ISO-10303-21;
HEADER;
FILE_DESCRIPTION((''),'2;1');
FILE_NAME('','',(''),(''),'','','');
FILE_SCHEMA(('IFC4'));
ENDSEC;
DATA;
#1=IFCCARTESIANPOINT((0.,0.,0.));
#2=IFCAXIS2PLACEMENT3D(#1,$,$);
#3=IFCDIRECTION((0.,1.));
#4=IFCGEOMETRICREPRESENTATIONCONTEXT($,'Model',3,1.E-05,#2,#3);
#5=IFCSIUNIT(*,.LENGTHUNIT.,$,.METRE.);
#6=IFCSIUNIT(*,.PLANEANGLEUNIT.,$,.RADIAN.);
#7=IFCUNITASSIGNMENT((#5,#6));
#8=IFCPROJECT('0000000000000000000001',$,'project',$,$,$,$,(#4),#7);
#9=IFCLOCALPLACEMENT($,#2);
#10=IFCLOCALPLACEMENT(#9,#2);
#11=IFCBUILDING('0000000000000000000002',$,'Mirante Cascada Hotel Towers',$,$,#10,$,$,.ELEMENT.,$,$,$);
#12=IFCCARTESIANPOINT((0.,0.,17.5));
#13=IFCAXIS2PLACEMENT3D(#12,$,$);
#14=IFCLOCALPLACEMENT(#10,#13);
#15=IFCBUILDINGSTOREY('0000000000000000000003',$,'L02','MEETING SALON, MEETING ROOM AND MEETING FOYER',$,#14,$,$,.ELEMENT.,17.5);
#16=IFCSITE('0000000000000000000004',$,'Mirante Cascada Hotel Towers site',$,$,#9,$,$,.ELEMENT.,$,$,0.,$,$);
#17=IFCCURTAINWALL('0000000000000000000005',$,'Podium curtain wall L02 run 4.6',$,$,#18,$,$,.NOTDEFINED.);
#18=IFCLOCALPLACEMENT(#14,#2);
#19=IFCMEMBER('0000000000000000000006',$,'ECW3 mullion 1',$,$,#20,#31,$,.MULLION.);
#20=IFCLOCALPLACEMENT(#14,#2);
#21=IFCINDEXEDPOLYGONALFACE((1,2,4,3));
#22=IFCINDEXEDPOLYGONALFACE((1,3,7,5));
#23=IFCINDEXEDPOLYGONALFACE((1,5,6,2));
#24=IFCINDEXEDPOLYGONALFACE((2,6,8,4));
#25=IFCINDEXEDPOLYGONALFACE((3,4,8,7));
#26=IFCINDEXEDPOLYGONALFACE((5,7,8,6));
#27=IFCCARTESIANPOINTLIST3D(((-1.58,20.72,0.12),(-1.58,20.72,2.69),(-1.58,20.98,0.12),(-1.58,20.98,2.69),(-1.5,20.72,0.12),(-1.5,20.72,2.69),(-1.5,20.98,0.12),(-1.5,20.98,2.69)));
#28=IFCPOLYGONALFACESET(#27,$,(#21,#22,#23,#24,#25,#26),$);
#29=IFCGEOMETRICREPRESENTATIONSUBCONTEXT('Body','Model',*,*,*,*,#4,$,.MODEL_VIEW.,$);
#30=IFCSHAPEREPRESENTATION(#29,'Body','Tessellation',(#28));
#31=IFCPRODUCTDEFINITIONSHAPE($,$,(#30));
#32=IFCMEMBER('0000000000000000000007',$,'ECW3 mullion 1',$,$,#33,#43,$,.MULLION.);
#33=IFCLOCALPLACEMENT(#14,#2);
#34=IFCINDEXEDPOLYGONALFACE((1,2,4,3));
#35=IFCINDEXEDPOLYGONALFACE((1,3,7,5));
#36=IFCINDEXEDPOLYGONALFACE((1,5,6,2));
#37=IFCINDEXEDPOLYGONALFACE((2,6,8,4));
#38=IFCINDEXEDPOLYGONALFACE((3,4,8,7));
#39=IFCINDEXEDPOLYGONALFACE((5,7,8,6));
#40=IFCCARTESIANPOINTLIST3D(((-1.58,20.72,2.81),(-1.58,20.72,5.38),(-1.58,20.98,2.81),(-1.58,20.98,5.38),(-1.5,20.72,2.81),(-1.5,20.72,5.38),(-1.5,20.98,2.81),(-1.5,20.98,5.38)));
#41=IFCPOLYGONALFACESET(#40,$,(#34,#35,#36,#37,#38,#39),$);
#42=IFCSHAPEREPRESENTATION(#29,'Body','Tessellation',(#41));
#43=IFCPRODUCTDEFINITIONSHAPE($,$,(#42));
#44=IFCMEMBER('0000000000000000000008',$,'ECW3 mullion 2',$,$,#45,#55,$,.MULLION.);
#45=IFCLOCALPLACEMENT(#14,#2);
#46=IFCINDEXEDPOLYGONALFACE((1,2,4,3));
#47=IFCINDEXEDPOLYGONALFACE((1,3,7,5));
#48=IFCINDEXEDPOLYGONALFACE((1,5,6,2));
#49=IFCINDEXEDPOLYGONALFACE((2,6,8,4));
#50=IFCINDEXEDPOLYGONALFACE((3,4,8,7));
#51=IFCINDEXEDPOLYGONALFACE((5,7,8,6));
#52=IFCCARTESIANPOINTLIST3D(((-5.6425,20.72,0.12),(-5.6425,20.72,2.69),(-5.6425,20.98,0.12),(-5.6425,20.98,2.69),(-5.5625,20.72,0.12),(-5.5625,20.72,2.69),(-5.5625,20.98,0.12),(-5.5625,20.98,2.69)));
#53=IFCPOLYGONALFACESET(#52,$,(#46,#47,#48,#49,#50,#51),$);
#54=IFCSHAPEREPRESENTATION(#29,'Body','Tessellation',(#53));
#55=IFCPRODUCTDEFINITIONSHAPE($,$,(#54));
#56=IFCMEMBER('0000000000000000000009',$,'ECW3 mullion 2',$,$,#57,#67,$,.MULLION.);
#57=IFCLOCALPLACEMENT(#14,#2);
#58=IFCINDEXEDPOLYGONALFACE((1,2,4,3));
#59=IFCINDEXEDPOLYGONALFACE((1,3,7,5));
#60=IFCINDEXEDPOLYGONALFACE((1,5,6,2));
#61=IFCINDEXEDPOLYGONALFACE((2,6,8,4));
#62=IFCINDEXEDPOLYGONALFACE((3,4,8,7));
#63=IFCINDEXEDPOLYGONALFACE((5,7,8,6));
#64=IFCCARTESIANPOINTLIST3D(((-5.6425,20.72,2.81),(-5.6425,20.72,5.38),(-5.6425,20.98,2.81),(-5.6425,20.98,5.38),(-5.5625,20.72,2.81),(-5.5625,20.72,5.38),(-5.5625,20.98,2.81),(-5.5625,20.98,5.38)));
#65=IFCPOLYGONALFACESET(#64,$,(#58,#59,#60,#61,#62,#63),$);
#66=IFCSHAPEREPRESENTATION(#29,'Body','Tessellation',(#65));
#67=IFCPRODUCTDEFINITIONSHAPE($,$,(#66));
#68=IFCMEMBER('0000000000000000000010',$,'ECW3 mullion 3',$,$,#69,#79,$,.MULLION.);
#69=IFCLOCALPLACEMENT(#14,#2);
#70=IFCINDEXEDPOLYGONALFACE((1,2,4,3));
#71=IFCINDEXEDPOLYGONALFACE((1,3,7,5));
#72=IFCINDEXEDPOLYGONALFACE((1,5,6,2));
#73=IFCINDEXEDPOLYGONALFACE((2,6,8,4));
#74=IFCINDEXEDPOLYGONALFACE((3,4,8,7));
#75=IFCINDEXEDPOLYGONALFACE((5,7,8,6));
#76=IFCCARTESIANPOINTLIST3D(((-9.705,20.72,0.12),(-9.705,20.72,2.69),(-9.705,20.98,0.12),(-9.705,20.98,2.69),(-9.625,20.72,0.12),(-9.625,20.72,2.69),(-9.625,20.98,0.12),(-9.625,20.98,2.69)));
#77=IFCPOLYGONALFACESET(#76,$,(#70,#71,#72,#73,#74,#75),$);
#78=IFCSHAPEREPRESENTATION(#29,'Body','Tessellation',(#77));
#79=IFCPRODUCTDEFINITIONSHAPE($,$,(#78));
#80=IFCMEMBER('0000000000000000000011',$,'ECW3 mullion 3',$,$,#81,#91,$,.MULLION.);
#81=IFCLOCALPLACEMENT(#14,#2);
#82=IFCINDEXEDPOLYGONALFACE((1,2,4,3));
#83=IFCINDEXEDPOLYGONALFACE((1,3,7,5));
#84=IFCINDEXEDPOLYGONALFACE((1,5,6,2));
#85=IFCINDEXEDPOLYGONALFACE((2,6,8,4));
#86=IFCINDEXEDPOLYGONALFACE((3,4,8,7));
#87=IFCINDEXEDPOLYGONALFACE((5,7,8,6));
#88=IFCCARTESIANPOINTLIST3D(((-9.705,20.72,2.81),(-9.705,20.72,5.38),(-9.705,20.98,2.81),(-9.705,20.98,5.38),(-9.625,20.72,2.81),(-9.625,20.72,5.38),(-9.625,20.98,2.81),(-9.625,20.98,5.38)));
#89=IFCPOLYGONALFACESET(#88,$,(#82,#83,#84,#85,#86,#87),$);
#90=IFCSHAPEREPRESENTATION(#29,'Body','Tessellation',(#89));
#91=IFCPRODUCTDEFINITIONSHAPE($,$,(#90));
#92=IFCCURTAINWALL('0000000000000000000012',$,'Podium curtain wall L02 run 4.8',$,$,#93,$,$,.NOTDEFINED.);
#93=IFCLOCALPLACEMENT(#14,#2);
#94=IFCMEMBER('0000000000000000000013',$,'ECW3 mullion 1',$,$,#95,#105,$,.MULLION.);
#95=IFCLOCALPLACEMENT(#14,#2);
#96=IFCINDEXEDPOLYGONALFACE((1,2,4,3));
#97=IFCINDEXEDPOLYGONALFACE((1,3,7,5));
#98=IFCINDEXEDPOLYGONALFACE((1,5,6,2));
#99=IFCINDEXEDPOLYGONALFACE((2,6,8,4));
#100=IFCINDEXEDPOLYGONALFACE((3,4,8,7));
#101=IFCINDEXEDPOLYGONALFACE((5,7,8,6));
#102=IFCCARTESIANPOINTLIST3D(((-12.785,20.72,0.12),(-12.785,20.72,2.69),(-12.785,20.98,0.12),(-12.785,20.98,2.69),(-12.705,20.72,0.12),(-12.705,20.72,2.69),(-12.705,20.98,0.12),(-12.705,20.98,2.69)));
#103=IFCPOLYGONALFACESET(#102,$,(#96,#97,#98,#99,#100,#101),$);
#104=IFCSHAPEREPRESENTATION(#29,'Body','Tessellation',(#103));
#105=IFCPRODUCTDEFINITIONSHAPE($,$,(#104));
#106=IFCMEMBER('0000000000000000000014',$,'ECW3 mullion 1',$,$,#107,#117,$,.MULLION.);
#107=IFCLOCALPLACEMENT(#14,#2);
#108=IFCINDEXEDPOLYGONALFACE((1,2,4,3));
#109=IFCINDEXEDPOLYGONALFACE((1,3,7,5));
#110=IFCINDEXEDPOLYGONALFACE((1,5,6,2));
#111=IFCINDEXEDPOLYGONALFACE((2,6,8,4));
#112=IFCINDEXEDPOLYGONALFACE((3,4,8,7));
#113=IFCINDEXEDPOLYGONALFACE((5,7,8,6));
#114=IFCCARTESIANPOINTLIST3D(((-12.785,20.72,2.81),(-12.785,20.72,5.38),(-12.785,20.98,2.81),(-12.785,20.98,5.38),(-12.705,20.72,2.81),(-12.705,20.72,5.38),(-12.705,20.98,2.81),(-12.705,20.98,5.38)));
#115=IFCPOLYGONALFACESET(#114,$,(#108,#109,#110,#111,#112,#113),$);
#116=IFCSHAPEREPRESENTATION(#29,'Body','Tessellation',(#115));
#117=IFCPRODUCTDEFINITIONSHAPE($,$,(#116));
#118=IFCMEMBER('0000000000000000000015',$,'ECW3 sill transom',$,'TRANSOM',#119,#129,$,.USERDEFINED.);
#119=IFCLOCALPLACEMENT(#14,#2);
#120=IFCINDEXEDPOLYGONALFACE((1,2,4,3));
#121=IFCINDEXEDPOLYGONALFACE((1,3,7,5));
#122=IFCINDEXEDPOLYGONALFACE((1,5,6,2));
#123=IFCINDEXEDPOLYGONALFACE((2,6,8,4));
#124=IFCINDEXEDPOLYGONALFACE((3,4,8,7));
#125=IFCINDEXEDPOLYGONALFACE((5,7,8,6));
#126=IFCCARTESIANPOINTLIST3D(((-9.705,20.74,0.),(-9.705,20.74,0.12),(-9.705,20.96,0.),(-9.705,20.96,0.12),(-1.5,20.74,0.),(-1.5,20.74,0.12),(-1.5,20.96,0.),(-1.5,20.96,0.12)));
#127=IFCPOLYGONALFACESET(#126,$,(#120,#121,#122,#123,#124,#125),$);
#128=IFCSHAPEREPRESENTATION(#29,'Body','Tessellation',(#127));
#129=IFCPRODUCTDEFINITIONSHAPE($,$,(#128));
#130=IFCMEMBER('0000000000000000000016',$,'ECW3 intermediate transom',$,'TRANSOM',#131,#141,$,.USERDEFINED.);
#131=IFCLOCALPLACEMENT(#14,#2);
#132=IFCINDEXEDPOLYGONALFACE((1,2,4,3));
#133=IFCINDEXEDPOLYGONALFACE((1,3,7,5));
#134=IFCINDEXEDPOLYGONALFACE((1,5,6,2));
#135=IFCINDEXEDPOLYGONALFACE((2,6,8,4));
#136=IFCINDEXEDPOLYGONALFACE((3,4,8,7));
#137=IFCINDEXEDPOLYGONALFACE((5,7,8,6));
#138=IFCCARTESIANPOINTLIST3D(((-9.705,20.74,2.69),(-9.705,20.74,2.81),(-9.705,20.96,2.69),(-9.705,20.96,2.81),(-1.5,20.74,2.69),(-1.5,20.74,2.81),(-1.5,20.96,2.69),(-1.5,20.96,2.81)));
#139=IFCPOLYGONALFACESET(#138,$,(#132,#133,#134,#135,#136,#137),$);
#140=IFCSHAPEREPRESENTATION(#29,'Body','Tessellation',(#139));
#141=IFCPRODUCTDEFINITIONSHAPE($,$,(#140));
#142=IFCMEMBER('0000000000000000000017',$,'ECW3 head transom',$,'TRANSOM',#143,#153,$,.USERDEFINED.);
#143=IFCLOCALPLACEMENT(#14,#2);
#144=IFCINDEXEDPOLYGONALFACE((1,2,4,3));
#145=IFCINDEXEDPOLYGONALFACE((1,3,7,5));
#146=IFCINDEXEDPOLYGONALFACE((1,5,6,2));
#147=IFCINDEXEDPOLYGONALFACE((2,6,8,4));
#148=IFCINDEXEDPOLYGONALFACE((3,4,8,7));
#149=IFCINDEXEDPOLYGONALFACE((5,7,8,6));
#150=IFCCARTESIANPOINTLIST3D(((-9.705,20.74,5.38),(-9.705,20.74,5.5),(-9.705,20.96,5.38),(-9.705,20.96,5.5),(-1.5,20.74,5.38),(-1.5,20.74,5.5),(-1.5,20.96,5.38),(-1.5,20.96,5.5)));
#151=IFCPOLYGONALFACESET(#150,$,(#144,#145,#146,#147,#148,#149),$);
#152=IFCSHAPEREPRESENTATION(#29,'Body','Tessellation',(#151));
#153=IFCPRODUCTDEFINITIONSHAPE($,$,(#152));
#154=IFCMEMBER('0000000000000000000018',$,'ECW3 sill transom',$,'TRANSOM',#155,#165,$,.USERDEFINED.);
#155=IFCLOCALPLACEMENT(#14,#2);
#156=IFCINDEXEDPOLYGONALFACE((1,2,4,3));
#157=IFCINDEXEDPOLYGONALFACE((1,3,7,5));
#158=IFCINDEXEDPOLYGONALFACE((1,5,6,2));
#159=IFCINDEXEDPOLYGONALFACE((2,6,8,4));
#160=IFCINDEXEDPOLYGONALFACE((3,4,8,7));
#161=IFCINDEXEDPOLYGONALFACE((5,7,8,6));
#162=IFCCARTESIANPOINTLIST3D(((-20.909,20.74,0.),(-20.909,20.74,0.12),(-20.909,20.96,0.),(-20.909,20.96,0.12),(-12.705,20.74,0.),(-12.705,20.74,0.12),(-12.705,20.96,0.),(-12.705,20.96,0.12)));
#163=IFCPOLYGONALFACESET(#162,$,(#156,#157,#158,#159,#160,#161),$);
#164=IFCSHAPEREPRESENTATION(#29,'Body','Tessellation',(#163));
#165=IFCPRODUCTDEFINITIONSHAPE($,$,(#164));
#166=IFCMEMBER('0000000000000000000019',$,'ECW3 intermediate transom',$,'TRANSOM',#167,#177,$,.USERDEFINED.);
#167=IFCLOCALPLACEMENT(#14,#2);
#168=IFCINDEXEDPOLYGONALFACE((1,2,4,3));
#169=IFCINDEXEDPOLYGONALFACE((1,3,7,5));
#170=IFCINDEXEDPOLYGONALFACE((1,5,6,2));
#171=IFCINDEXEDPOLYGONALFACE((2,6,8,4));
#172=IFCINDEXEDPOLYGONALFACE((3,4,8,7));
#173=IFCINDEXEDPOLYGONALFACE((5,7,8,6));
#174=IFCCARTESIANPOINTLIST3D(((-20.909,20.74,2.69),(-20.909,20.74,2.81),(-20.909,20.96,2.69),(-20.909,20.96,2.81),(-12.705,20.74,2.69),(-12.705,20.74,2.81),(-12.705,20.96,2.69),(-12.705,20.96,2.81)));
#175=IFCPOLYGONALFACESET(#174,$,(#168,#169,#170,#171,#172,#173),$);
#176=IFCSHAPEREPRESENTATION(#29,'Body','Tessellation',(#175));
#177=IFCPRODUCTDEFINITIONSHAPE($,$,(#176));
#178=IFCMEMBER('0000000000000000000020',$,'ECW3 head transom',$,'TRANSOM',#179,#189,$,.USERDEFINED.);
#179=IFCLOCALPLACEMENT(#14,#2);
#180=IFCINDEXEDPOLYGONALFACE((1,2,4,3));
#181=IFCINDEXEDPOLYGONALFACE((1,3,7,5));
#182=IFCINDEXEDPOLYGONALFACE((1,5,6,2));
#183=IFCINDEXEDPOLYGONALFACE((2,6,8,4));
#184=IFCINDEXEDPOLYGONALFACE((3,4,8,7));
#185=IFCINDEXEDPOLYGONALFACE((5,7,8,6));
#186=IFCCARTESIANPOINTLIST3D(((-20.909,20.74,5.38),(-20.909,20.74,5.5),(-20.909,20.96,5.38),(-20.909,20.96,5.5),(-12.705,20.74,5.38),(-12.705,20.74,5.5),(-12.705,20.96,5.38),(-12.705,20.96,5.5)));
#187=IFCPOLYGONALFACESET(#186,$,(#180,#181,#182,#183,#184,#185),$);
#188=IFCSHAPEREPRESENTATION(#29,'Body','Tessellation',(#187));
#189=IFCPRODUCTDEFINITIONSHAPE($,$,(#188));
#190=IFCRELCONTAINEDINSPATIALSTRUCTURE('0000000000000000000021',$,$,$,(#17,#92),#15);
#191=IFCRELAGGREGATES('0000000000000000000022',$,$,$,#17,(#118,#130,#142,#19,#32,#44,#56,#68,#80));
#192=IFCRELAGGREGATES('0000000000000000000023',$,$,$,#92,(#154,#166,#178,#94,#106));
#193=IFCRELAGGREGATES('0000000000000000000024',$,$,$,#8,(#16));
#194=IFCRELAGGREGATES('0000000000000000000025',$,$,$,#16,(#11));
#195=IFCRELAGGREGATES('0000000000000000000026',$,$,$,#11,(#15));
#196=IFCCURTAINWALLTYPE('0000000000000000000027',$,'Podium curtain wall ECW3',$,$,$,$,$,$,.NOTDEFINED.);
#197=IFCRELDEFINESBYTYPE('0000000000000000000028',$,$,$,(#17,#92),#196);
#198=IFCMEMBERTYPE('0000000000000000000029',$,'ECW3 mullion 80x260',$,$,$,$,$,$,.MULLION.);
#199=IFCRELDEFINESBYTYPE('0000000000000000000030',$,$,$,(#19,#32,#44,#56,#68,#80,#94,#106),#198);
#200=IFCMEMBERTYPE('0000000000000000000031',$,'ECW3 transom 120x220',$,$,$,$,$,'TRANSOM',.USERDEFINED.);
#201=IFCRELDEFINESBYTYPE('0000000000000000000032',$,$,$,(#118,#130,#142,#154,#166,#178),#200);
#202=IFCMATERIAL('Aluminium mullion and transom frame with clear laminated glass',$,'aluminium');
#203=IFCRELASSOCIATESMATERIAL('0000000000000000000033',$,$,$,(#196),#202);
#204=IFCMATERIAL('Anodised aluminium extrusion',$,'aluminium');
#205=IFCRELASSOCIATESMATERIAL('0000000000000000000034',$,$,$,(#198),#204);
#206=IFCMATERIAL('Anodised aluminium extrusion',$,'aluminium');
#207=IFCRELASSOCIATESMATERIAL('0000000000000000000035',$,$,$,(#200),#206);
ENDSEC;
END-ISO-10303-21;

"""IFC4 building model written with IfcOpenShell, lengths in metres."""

from ifc_helpers import new_model, si_unit, direction, frame, origin, origin_2d, place, context, subcontext, project, spatial, rectangle, extrude, material, material_profile, profile_set, type_object, element, aggregate, save


model = new_model("IFC4")

# Units and contexts
model_context = context("Model", 3, precision=1e-05, world=origin(), true_north=direction((0.0, 1.0)))
body_context = subcontext(model_context, "Body", "Model", "MODEL_VIEW")
ifc_project = project(units=[si_unit("LENGTHUNIT", "METRE"), si_unit("PLANEANGLEUNIT", "RADIAN")], contexts=[model_context])

# Site, building, storey
site_placement = place(None, origin())
site = spatial("IfcSite", under=ifc_project, at=site_placement, Name="Mirante Cascada Hotel Towers site", CompositionType="ELEMENT", RefElevation=0.0)
building_placement = place(site_placement, origin())
building = spatial("IfcBuilding", under=site, at=building_placement, Name="Mirante Cascada Hotel Towers", CompositionType="ELEMENT")
storey_placement = place(building_placement, frame((0.0, 0.0, 17.5)))
storey = spatial("IfcBuildingStorey", under=building, at=storey_placement, Name="L02", Description="MEETING SALON, MEETING ROOM AND MEETING FOYER", CompositionType="ELEMENT", Elevation=17.5)

# Curtain walls, members
ifc_material_1 = material(Name="Aluminium mullion and transom frame with clear laminated glass", Category="aluminium")
curtain_wall_type = type_object("IfcCurtainWallType", Name="Podium curtain wall ECW3", PredefinedType="NOTDEFINED", material=ifc_material_1)
curtain_wall_1_placement = place(storey_placement, origin())
curtain_wall_1 = element("IfcCurtainWall", 1, at=curtain_wall_1_placement, inside=storey, type_object=curtain_wall_type, Name="Podium curtain wall L02 run 4.6", PredefinedType="NOTDEFINED")
ifc_material_2 = material(Name="Anodised aluminium extrusion", Category="aluminium")
ifc_material_profile_1 = material_profile(ifc_material_2, rectangle(XDim=0.26, YDim=0.08, at=origin_2d()), Name="ECW3 MULLION 80x260")
ifc_profile_set_1 = profile_set([ifc_material_profile_1], Name="Anodised aluminium extrusion")
member_type_1 = type_object("IfcMemberType", Name="ECW3 mullion 80x260", PredefinedType="MULLION", material=ifc_profile_set_1)
member_1_placement = place(storey_placement, frame((-1.54, 20.85, 0.12), z_axis=(0.0, 0.0, 1.0), x_axis=(0.0, -1.0, 0.0)))
member_1 = element("IfcMember", 2, at=member_1_placement, type_object=member_type_1, Name="ECW3 mullion 1", PredefinedType="MULLION", context=body_context, shape_type="SweptSolid", body=[
    extrude(rectangle(XDim=0.26, YDim=0.08, at=origin_2d()), origin(), (0.0, 0.0, 1.0), 2.57),
])
member_2_placement = place(storey_placement, frame((-1.54, 20.85, 2.81), z_axis=(0.0, 0.0, 1.0), x_axis=(0.0, -1.0, 0.0)))
member_2 = element("IfcMember", 3, at=member_2_placement, type_object=member_type_1, Name="ECW3 mullion 1", PredefinedType="MULLION", context=body_context, shape_type="SweptSolid", body=[
    extrude(rectangle(XDim=0.26, YDim=0.08, at=origin_2d()), origin(), (0.0, 0.0, 1.0), 2.57),
])
member_3_placement = place(storey_placement, frame((-5.6025, 20.85, 0.12), z_axis=(0.0, 0.0, 1.0), x_axis=(0.0, -1.0, 0.0)))
member_3 = element("IfcMember", 4, at=member_3_placement, type_object=member_type_1, Name="ECW3 mullion 2", PredefinedType="MULLION", context=body_context, shape_type="SweptSolid", body=[
    extrude(rectangle(XDim=0.26, YDim=0.08, at=origin_2d()), origin(), (0.0, 0.0, 1.0), 2.57),
])
member_4_placement = place(storey_placement, frame((-5.6025, 20.85, 2.81), z_axis=(0.0, 0.0, 1.0), x_axis=(0.0, -1.0, 0.0)))
member_4 = element("IfcMember", 5, at=member_4_placement, type_object=member_type_1, Name="ECW3 mullion 2", PredefinedType="MULLION", context=body_context, shape_type="SweptSolid", body=[
    extrude(rectangle(XDim=0.26, YDim=0.08, at=origin_2d()), origin(), (0.0, 0.0, 1.0), 2.57),
])
member_5_placement = place(storey_placement, frame((-9.665, 20.85, 0.12), z_axis=(0.0, 0.0, 1.0), x_axis=(0.0, -1.0, 0.0)))
member_5 = element("IfcMember", 6, at=member_5_placement, type_object=member_type_1, Name="ECW3 mullion 3", PredefinedType="MULLION", context=body_context, shape_type="SweptSolid", body=[
    extrude(rectangle(XDim=0.26, YDim=0.08, at=origin_2d()), origin(), (0.0, 0.0, 1.0), 2.57),
])
member_6_placement = place(storey_placement, frame((-9.665, 20.85, 2.81), z_axis=(0.0, 0.0, 1.0), x_axis=(0.0, -1.0, 0.0)))
member_6 = element("IfcMember", 7, at=member_6_placement, type_object=member_type_1, Name="ECW3 mullion 3", PredefinedType="MULLION", context=body_context, shape_type="SweptSolid", body=[
    extrude(rectangle(XDim=0.26, YDim=0.08, at=origin_2d()), origin(), (0.0, 0.0, 1.0), 2.57),
])
curtain_wall_2_placement = place(storey_placement, origin())
curtain_wall_2 = element("IfcCurtainWall", 8, at=curtain_wall_2_placement, inside=storey, type_object=curtain_wall_type, Name="Podium curtain wall L02 run 4.8", PredefinedType="NOTDEFINED")
member_7_placement = place(storey_placement, frame((-12.745, 20.85, 0.12), z_axis=(0.0, 0.0, 1.0), x_axis=(0.0, -1.0, 0.0)))
member_7 = element("IfcMember", 9, at=member_7_placement, type_object=member_type_1, Name="ECW3 mullion 1", PredefinedType="MULLION", context=body_context, shape_type="SweptSolid", body=[
    extrude(rectangle(XDim=0.26, YDim=0.08, at=origin_2d()), origin(), (0.0, 0.0, 1.0), 2.57),
])
member_8_placement = place(storey_placement, frame((-12.745, 20.85, 2.81), z_axis=(0.0, 0.0, 1.0), x_axis=(0.0, -1.0, 0.0)))
member_8 = element("IfcMember", 10, at=member_8_placement, type_object=member_type_1, Name="ECW3 mullion 1", PredefinedType="MULLION", context=body_context, shape_type="SweptSolid", body=[
    extrude(rectangle(XDim=0.26, YDim=0.08, at=origin_2d()), origin(), (0.0, 0.0, 1.0), 2.57),
])

# Members
ifc_material_3 = material(Name="Anodised aluminium extrusion", Category="aluminium")
ifc_material_profile_2 = material_profile(ifc_material_3, rectangle(XDim=0.22, YDim=0.12, at=origin_2d()), Name="ECW3 TRANSOM 120x220")
ifc_profile_set_2 = profile_set([ifc_material_profile_2], Name="Anodised aluminium extrusion")
member_type_2 = type_object("IfcMemberType", Name="ECW3 transom 120x220", ElementType="TRANSOM", PredefinedType="USERDEFINED", material=ifc_profile_set_2)
member_9_placement = place(storey_placement, frame((-1.5, 20.85, 0.06), z_axis=(-1.0, 0.0, 0.0), x_axis=(0.0, -1.0, 0.0)))
member_9 = element("IfcMember", 11, at=member_9_placement, type_object=member_type_2, Name="ECW3 sill transom", ObjectType="TRANSOM", PredefinedType="USERDEFINED", context=body_context, shape_type="SweptSolid", body=[
    extrude(rectangle(XDim=0.22, YDim=0.12, at=origin_2d()), origin(), (0.0, 0.0, 1.0), 8.205),
])
member_10_placement = place(storey_placement, frame((-1.5, 20.85, 2.75), z_axis=(-1.0, 0.0, 0.0), x_axis=(0.0, -1.0, 0.0)))
member_10 = element("IfcMember", 12, at=member_10_placement, type_object=member_type_2, Name="ECW3 intermediate transom", ObjectType="TRANSOM", PredefinedType="USERDEFINED", context=body_context, shape_type="SweptSolid", body=[
    extrude(rectangle(XDim=0.22, YDim=0.12, at=origin_2d()), origin(), (0.0, 0.0, 1.0), 8.205),
])
member_11_placement = place(storey_placement, frame((-1.5, 20.85, 5.44), z_axis=(-1.0, 0.0, 0.0), x_axis=(0.0, -1.0, 0.0)))
member_11 = element("IfcMember", 13, at=member_11_placement, type_object=member_type_2, Name="ECW3 head transom", ObjectType="TRANSOM", PredefinedType="USERDEFINED", context=body_context, shape_type="SweptSolid", body=[
    extrude(rectangle(XDim=0.22, YDim=0.12, at=origin_2d()), origin(), (0.0, 0.0, 1.0), 8.205),
])
member_12_placement = place(storey_placement, frame((-12.705, 20.85, 0.06), z_axis=(-1.0, 0.0, 0.0), x_axis=(0.0, -1.0, 0.0)))
member_12 = element("IfcMember", 14, at=member_12_placement, type_object=member_type_2, Name="ECW3 sill transom", ObjectType="TRANSOM", PredefinedType="USERDEFINED", context=body_context, shape_type="SweptSolid", body=[
    extrude(rectangle(XDim=0.22, YDim=0.12, at=origin_2d()), origin(), (0.0, 0.0, 1.0), 8.204),
])
member_13_placement = place(storey_placement, frame((-12.705, 20.85, 2.75), z_axis=(-1.0, 0.0, 0.0), x_axis=(0.0, -1.0, 0.0)))
member_13 = element("IfcMember", 15, at=member_13_placement, type_object=member_type_2, Name="ECW3 intermediate transom", ObjectType="TRANSOM", PredefinedType="USERDEFINED", context=body_context, shape_type="SweptSolid", body=[
    extrude(rectangle(XDim=0.22, YDim=0.12, at=origin_2d()), origin(), (0.0, 0.0, 1.0), 8.204),
])
member_14_placement = place(storey_placement, frame((-12.705, 20.85, 5.44), z_axis=(-1.0, 0.0, 0.0), x_axis=(0.0, -1.0, 0.0)))
member_14 = element("IfcMember", 16, at=member_14_placement, type_object=member_type_2, Name="ECW3 head transom", ObjectType="TRANSOM", PredefinedType="USERDEFINED", context=body_context, shape_type="SweptSolid", body=[
    extrude(rectangle(XDim=0.22, YDim=0.12, at=origin_2d()), origin(), (0.0, 0.0, 1.0), 8.204),
])

aggregate(curtain_wall_1, [member_9, member_10, member_11, member_1, member_2, member_3, member_4, member_5, member_6])
aggregate(curtain_wall_2, [member_12, member_13, member_14, member_7, member_8])

save(model, "model.ifc")
